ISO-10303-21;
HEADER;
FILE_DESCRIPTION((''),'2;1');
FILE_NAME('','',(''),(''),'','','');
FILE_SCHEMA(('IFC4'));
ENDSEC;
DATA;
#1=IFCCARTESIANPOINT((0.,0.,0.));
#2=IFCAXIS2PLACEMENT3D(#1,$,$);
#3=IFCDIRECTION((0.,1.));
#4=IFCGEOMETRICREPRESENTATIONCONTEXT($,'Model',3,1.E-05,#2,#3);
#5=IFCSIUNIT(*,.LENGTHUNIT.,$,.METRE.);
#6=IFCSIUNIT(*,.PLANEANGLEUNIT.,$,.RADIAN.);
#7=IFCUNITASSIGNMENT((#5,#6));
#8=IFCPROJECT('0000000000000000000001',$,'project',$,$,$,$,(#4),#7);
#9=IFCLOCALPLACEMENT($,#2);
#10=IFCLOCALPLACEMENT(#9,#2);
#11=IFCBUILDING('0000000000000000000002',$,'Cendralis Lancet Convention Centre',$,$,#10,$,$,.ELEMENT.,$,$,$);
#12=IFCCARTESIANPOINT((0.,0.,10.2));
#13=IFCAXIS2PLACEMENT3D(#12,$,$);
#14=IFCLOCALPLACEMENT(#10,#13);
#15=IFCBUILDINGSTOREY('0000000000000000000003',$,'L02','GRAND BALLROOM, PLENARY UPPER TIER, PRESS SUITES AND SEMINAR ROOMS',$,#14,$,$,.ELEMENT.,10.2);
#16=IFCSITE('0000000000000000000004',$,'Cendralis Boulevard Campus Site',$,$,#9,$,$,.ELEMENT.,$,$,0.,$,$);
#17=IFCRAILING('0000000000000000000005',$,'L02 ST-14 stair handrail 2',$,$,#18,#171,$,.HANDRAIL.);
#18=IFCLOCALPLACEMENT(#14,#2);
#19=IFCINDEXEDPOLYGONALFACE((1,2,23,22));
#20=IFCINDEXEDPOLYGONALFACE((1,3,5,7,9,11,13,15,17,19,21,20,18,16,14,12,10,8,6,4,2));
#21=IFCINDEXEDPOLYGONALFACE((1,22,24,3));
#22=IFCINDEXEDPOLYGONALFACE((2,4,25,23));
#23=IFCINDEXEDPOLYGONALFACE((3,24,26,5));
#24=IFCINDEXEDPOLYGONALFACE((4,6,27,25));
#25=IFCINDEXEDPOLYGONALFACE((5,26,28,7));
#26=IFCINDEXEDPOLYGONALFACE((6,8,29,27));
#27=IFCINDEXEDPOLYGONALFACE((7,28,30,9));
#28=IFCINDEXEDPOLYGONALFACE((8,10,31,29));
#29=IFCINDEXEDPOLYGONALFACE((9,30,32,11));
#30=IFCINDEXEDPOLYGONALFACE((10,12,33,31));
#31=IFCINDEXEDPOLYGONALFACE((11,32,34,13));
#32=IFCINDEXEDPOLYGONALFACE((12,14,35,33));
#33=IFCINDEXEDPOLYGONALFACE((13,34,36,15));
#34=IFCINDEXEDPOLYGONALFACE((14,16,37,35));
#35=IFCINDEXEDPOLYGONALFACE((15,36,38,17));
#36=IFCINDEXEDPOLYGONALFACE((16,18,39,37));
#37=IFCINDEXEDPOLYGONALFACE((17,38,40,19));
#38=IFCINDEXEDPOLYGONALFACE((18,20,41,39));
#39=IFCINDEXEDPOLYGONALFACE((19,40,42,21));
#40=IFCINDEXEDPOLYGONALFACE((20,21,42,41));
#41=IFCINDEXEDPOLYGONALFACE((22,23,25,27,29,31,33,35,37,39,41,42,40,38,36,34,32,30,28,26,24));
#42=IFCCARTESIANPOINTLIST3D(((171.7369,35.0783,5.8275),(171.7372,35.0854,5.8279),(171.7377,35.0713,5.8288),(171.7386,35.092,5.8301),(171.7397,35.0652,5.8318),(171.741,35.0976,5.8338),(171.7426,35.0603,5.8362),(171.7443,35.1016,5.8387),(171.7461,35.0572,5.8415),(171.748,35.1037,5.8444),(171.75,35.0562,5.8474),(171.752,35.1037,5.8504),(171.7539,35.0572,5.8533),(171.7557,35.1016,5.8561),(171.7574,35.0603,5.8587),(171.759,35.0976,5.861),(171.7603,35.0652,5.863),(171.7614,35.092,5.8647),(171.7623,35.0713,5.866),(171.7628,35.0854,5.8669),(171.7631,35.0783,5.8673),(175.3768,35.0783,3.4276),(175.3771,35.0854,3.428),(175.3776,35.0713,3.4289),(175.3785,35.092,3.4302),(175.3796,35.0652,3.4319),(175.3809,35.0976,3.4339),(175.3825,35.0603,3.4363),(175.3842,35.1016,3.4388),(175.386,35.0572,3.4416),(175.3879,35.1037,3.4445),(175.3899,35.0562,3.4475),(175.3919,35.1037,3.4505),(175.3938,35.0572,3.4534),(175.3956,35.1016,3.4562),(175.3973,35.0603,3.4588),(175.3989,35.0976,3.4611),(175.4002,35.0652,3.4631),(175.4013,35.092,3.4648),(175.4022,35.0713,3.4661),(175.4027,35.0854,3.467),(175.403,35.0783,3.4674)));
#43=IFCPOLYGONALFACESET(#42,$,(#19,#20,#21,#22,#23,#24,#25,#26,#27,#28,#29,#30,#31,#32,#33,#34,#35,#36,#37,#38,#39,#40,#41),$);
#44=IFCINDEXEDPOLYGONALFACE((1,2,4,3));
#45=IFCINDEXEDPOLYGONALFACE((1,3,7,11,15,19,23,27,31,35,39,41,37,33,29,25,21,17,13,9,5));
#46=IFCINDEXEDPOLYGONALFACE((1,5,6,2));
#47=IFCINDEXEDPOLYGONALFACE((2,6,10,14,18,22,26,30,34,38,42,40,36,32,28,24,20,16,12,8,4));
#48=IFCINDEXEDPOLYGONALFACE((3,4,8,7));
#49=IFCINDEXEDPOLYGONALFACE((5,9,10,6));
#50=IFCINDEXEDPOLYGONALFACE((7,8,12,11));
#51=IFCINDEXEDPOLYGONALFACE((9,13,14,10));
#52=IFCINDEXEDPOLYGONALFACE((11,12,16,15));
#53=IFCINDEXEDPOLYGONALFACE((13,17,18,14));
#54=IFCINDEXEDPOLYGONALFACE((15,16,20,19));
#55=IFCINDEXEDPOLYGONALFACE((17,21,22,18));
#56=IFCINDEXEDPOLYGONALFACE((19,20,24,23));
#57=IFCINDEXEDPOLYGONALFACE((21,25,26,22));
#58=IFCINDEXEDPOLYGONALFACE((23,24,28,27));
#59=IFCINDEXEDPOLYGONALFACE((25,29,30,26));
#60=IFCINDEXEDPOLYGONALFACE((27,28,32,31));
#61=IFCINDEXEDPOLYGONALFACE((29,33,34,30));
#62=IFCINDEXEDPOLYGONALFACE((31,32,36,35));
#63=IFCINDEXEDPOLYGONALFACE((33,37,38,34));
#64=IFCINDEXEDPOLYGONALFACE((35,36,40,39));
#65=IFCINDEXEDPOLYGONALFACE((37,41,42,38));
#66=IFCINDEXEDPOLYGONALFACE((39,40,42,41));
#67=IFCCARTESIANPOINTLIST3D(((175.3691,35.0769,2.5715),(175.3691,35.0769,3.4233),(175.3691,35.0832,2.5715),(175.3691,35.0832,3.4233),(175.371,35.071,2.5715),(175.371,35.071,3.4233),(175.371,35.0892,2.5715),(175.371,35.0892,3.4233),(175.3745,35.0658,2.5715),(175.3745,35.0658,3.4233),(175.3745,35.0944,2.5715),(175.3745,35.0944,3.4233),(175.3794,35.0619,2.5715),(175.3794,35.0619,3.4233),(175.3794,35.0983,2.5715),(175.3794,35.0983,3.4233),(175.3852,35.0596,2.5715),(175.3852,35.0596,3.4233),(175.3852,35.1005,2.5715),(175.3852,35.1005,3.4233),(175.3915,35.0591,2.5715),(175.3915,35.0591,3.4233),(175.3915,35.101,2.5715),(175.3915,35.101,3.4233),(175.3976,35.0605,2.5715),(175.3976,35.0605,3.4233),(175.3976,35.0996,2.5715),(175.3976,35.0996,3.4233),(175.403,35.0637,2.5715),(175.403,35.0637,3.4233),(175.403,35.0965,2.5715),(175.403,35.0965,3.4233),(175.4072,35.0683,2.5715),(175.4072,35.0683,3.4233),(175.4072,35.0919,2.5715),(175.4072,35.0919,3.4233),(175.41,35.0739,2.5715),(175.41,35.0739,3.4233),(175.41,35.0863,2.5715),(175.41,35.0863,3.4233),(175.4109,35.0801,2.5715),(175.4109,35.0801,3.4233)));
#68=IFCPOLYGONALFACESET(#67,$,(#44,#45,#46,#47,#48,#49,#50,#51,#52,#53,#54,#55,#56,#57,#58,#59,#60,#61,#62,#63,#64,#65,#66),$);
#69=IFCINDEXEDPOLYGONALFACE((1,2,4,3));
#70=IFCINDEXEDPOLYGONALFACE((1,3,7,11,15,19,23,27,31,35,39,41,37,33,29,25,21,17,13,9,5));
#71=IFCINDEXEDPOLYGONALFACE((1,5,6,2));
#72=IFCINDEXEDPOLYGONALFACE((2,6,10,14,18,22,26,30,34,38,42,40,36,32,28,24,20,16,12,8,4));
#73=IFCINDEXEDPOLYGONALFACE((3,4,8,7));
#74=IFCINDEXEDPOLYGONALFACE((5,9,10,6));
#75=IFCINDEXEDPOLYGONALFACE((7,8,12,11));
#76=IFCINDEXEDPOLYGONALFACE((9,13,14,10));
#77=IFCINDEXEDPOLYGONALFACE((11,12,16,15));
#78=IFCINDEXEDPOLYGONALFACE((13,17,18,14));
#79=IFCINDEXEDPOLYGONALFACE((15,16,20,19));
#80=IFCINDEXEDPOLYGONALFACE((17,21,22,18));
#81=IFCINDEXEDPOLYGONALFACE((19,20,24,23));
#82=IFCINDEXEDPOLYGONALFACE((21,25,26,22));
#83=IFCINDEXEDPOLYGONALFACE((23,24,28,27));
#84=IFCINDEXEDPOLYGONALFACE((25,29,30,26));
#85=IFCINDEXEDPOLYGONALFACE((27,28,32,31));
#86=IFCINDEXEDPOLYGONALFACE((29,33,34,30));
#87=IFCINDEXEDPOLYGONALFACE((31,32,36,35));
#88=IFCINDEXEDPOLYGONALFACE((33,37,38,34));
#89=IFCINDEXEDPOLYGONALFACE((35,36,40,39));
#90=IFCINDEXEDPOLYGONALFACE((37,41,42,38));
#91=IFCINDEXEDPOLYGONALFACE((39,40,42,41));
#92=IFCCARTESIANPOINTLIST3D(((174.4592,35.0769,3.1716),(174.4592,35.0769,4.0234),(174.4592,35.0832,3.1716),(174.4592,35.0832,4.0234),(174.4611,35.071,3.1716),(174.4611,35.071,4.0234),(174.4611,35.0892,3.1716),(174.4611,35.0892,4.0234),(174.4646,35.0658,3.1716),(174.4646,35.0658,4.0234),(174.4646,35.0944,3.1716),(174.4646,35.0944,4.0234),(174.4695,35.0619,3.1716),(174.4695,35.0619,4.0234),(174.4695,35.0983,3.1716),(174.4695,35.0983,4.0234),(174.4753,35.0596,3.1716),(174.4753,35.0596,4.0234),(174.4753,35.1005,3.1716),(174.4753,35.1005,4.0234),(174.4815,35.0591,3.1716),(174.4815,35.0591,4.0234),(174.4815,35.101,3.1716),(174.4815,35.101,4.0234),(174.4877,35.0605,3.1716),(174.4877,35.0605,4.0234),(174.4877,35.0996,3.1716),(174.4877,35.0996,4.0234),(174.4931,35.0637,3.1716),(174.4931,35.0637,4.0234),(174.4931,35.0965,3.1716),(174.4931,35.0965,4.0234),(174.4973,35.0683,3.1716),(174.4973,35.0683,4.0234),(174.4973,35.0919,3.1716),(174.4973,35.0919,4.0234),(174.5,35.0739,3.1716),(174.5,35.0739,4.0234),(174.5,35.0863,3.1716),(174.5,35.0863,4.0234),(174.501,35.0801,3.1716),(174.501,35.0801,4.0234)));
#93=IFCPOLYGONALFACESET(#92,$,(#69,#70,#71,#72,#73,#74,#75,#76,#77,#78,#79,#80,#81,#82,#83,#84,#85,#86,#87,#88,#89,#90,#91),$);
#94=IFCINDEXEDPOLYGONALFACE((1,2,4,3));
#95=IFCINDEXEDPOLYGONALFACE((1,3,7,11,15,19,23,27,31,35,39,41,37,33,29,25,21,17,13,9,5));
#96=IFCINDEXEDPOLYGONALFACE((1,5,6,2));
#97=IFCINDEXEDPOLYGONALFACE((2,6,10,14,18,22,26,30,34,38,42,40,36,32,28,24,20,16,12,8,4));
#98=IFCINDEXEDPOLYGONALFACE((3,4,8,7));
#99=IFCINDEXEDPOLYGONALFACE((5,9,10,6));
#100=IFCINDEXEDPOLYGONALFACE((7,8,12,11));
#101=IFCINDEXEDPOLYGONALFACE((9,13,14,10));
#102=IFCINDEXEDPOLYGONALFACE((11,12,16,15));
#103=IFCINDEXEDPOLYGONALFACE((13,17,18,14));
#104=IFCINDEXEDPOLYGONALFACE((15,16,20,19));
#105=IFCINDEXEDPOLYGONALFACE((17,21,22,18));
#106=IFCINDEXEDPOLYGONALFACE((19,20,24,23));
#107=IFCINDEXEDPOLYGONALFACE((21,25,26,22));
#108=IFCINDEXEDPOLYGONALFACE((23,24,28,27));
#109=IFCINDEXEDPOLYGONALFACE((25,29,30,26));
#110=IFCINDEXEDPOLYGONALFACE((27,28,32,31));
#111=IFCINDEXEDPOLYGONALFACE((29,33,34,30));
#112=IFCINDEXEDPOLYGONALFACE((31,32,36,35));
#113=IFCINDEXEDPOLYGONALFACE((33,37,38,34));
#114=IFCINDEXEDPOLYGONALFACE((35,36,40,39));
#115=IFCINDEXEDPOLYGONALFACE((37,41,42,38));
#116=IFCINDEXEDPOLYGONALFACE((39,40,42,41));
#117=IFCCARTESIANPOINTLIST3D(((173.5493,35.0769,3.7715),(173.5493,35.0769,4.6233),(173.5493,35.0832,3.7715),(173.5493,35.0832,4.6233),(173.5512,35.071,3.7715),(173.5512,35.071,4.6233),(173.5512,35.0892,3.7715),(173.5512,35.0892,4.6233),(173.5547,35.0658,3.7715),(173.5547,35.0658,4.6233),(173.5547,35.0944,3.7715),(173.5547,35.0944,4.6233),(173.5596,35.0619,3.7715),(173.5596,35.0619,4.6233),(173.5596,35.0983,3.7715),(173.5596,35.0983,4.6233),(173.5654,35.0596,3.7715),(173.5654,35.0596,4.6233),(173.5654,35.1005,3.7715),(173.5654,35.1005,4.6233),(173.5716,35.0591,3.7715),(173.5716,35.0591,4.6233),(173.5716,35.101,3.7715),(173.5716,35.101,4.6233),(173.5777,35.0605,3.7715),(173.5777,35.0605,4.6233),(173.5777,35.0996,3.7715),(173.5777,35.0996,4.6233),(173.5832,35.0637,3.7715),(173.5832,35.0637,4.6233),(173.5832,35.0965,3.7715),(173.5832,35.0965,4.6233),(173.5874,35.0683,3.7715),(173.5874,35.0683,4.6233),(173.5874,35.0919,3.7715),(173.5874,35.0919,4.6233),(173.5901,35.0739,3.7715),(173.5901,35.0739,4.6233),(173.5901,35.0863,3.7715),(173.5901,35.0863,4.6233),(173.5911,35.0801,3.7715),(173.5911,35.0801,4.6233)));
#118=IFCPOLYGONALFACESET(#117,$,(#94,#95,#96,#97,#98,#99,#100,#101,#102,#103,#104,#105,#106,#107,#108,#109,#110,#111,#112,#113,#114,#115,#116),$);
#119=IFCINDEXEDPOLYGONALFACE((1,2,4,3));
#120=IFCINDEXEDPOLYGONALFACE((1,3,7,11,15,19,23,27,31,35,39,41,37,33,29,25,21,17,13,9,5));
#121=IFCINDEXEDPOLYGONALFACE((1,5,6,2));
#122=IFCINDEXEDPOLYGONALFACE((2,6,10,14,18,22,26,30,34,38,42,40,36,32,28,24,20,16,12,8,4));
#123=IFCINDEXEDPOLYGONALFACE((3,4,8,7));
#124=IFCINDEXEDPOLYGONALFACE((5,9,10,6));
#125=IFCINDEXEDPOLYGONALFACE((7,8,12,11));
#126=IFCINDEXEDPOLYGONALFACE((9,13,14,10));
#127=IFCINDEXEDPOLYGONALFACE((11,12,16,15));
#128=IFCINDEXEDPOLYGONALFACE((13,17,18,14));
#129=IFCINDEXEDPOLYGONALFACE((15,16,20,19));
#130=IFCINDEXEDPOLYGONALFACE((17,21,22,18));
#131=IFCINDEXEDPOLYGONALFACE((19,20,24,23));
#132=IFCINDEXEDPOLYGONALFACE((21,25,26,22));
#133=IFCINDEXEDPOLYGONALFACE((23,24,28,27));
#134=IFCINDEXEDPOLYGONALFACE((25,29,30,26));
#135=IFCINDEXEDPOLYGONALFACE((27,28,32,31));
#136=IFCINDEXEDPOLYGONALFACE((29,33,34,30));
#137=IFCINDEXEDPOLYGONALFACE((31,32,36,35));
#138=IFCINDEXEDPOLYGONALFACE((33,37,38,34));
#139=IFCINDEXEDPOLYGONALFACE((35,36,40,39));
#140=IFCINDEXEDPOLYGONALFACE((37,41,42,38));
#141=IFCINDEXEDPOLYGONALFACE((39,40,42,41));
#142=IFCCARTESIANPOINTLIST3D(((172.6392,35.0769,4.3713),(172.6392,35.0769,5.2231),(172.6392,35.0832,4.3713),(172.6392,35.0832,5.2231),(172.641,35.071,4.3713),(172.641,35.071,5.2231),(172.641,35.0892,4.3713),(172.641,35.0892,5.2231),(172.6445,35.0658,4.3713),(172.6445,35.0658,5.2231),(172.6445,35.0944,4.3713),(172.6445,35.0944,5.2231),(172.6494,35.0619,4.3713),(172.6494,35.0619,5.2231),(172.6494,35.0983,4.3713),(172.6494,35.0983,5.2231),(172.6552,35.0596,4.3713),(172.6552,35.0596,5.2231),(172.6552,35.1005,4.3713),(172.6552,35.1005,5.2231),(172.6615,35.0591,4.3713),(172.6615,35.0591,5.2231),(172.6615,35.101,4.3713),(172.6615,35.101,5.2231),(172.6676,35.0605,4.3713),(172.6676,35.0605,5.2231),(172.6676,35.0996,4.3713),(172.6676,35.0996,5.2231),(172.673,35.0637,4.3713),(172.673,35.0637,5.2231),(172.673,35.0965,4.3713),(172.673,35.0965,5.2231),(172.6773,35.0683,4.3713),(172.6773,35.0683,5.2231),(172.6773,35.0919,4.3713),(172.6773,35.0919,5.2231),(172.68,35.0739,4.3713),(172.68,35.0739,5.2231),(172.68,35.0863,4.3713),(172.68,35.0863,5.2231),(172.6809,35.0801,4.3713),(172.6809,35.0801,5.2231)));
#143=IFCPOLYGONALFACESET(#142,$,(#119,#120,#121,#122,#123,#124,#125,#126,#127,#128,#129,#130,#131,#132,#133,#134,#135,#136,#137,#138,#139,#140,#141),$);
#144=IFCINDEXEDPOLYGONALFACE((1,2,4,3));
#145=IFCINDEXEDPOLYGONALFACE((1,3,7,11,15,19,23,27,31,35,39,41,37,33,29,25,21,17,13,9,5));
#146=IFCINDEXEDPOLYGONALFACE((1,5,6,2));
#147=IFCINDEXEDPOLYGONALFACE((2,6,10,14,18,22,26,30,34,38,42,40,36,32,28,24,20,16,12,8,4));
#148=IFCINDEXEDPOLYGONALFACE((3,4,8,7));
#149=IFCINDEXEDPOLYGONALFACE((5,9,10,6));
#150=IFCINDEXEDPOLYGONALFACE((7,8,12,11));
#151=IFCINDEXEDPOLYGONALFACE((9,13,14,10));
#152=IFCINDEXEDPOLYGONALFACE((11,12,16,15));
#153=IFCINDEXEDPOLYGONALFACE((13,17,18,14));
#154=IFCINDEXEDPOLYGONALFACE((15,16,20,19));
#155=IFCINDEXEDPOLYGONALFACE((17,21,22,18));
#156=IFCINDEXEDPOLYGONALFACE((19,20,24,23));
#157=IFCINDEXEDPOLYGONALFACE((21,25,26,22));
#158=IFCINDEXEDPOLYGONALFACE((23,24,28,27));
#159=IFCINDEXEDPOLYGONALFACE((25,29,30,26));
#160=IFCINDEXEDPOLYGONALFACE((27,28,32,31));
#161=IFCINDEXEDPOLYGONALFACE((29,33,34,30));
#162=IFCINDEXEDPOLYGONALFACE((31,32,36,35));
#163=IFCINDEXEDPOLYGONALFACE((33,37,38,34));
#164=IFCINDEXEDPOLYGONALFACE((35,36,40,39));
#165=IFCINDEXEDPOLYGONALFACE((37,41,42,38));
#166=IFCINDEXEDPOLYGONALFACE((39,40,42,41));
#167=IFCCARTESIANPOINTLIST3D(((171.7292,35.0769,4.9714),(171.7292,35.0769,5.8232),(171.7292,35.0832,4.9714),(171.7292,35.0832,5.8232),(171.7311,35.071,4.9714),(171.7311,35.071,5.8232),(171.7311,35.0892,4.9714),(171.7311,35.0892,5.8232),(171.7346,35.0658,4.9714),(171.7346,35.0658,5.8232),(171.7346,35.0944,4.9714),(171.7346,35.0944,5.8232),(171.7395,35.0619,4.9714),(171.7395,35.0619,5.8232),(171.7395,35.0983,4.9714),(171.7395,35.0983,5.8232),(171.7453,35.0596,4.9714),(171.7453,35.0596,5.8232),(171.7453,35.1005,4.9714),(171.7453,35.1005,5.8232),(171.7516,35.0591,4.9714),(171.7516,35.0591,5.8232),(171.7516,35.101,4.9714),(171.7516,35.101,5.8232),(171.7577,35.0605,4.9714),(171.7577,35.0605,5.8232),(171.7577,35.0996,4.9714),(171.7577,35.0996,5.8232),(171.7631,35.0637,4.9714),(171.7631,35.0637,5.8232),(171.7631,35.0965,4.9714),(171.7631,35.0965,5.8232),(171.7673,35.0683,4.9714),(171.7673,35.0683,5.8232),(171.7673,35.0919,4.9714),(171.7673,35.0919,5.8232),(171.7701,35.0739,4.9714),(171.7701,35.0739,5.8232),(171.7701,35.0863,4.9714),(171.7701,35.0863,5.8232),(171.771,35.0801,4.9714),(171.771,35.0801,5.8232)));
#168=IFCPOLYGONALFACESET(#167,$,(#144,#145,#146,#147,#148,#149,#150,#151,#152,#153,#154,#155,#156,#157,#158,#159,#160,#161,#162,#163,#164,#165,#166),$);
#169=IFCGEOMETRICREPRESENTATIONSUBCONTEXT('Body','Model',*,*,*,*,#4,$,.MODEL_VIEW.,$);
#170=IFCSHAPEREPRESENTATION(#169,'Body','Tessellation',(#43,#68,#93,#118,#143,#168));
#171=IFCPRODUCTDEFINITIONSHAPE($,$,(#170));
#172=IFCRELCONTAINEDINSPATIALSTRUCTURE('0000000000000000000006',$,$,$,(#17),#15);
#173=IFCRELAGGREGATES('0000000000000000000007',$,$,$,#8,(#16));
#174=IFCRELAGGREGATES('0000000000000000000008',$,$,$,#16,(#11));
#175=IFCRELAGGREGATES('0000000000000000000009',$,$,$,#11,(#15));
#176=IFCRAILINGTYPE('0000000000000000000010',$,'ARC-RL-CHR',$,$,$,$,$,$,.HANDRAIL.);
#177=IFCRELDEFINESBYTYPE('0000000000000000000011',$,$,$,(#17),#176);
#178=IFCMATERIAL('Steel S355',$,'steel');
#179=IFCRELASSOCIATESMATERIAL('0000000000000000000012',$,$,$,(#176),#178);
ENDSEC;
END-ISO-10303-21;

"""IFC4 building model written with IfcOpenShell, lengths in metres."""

from ifc_helpers import new_model, si_unit, direction, frame, origin, origin_2d, place, context, subcontext, project, spatial, circle, extrude, material, type_object, element, save


model = new_model("IFC4")

# Units and contexts
model_context = context("Model", 3, precision=1e-05, world=origin(), true_north=direction((0.0, 1.0)))
body_context = subcontext(model_context, "Body", "Model", "MODEL_VIEW")
ifc_project = project(units=[si_unit("LENGTHUNIT", "METRE"), si_unit("PLANEANGLEUNIT", "RADIAN")], contexts=[model_context])

# Site, building, storey
site_placement = place(None, origin())
site = spatial("IfcSite", under=ifc_project, at=site_placement, Name="Cendralis Boulevard Campus Site", CompositionType="ELEMENT", RefElevation=0.0)
building_placement = place(site_placement, origin())
building = spatial("IfcBuilding", under=site, at=building_placement, Name="Cendralis Lancet Convention Centre", CompositionType="ELEMENT")
storey_placement = place(building_placement, frame((0.0, 0.0, 10.2)))
storey = spatial("IfcBuildingStorey", under=building, at=storey_placement, Name="L02", Description="GRAND BALLROOM, PLENARY UPPER TIER, PRESS SUITES AND SEMINAR ROOMS", CompositionType="ELEMENT", Elevation=10.2)

# Shared definitions
ifc_material_1 = material(Name="Steel S355", Category="steel")

# Railing
railing_type_1 = type_object("IfcRailingType", Name="ARC-RL-CHR", PredefinedType="HANDRAIL", material=ifc_material_1)
railing_1_placement = place(storey_placement, frame((175.3899, 35.0801, 2.5715)))
element("IfcRailing", 1, at=railing_1_placement, inside=storey, type_object=railing_type_1, Name="L02 ST-14 stair handrail 2", PredefinedType="HANDRAIL", context=body_context, shape_type="SweptSolid", body=[
    extrude(circle(Radius=0.0239, at=origin_2d()), frame((0.0, 0.0, 0.876), z_axis=(-0.834865, 0.0, 0.550454), x_axis=(0.0, -1.0, 0.0)), (0.0, 0.0, 1.0), 4.3599),
    extrude(circle(Radius=0.021, at=origin_2d()), origin(), (0.0, 0.0, 1.0), 0.8518),
    extrude(circle(Radius=0.021, at=origin_2d()), frame((-0.9099, 0.0, 0.6001)), (0.0, 0.0, 1.0), 0.8518),
    extrude(circle(Radius=0.021, at=origin_2d()), frame((-1.8198, 0.0, 1.2)), (0.0, 0.0, 1.0), 0.8518),
    extrude(circle(Radius=0.021, at=origin_2d()), frame((-2.73, 0.0, 1.7998)), (0.0, 0.0, 1.0), 0.8518),
    extrude(circle(Radius=0.021, at=origin_2d()), frame((-3.6399, 0.0, 2.3999)), (0.0, 0.0, 1.0), 0.8518),
])

save(model, "model.ifc")
